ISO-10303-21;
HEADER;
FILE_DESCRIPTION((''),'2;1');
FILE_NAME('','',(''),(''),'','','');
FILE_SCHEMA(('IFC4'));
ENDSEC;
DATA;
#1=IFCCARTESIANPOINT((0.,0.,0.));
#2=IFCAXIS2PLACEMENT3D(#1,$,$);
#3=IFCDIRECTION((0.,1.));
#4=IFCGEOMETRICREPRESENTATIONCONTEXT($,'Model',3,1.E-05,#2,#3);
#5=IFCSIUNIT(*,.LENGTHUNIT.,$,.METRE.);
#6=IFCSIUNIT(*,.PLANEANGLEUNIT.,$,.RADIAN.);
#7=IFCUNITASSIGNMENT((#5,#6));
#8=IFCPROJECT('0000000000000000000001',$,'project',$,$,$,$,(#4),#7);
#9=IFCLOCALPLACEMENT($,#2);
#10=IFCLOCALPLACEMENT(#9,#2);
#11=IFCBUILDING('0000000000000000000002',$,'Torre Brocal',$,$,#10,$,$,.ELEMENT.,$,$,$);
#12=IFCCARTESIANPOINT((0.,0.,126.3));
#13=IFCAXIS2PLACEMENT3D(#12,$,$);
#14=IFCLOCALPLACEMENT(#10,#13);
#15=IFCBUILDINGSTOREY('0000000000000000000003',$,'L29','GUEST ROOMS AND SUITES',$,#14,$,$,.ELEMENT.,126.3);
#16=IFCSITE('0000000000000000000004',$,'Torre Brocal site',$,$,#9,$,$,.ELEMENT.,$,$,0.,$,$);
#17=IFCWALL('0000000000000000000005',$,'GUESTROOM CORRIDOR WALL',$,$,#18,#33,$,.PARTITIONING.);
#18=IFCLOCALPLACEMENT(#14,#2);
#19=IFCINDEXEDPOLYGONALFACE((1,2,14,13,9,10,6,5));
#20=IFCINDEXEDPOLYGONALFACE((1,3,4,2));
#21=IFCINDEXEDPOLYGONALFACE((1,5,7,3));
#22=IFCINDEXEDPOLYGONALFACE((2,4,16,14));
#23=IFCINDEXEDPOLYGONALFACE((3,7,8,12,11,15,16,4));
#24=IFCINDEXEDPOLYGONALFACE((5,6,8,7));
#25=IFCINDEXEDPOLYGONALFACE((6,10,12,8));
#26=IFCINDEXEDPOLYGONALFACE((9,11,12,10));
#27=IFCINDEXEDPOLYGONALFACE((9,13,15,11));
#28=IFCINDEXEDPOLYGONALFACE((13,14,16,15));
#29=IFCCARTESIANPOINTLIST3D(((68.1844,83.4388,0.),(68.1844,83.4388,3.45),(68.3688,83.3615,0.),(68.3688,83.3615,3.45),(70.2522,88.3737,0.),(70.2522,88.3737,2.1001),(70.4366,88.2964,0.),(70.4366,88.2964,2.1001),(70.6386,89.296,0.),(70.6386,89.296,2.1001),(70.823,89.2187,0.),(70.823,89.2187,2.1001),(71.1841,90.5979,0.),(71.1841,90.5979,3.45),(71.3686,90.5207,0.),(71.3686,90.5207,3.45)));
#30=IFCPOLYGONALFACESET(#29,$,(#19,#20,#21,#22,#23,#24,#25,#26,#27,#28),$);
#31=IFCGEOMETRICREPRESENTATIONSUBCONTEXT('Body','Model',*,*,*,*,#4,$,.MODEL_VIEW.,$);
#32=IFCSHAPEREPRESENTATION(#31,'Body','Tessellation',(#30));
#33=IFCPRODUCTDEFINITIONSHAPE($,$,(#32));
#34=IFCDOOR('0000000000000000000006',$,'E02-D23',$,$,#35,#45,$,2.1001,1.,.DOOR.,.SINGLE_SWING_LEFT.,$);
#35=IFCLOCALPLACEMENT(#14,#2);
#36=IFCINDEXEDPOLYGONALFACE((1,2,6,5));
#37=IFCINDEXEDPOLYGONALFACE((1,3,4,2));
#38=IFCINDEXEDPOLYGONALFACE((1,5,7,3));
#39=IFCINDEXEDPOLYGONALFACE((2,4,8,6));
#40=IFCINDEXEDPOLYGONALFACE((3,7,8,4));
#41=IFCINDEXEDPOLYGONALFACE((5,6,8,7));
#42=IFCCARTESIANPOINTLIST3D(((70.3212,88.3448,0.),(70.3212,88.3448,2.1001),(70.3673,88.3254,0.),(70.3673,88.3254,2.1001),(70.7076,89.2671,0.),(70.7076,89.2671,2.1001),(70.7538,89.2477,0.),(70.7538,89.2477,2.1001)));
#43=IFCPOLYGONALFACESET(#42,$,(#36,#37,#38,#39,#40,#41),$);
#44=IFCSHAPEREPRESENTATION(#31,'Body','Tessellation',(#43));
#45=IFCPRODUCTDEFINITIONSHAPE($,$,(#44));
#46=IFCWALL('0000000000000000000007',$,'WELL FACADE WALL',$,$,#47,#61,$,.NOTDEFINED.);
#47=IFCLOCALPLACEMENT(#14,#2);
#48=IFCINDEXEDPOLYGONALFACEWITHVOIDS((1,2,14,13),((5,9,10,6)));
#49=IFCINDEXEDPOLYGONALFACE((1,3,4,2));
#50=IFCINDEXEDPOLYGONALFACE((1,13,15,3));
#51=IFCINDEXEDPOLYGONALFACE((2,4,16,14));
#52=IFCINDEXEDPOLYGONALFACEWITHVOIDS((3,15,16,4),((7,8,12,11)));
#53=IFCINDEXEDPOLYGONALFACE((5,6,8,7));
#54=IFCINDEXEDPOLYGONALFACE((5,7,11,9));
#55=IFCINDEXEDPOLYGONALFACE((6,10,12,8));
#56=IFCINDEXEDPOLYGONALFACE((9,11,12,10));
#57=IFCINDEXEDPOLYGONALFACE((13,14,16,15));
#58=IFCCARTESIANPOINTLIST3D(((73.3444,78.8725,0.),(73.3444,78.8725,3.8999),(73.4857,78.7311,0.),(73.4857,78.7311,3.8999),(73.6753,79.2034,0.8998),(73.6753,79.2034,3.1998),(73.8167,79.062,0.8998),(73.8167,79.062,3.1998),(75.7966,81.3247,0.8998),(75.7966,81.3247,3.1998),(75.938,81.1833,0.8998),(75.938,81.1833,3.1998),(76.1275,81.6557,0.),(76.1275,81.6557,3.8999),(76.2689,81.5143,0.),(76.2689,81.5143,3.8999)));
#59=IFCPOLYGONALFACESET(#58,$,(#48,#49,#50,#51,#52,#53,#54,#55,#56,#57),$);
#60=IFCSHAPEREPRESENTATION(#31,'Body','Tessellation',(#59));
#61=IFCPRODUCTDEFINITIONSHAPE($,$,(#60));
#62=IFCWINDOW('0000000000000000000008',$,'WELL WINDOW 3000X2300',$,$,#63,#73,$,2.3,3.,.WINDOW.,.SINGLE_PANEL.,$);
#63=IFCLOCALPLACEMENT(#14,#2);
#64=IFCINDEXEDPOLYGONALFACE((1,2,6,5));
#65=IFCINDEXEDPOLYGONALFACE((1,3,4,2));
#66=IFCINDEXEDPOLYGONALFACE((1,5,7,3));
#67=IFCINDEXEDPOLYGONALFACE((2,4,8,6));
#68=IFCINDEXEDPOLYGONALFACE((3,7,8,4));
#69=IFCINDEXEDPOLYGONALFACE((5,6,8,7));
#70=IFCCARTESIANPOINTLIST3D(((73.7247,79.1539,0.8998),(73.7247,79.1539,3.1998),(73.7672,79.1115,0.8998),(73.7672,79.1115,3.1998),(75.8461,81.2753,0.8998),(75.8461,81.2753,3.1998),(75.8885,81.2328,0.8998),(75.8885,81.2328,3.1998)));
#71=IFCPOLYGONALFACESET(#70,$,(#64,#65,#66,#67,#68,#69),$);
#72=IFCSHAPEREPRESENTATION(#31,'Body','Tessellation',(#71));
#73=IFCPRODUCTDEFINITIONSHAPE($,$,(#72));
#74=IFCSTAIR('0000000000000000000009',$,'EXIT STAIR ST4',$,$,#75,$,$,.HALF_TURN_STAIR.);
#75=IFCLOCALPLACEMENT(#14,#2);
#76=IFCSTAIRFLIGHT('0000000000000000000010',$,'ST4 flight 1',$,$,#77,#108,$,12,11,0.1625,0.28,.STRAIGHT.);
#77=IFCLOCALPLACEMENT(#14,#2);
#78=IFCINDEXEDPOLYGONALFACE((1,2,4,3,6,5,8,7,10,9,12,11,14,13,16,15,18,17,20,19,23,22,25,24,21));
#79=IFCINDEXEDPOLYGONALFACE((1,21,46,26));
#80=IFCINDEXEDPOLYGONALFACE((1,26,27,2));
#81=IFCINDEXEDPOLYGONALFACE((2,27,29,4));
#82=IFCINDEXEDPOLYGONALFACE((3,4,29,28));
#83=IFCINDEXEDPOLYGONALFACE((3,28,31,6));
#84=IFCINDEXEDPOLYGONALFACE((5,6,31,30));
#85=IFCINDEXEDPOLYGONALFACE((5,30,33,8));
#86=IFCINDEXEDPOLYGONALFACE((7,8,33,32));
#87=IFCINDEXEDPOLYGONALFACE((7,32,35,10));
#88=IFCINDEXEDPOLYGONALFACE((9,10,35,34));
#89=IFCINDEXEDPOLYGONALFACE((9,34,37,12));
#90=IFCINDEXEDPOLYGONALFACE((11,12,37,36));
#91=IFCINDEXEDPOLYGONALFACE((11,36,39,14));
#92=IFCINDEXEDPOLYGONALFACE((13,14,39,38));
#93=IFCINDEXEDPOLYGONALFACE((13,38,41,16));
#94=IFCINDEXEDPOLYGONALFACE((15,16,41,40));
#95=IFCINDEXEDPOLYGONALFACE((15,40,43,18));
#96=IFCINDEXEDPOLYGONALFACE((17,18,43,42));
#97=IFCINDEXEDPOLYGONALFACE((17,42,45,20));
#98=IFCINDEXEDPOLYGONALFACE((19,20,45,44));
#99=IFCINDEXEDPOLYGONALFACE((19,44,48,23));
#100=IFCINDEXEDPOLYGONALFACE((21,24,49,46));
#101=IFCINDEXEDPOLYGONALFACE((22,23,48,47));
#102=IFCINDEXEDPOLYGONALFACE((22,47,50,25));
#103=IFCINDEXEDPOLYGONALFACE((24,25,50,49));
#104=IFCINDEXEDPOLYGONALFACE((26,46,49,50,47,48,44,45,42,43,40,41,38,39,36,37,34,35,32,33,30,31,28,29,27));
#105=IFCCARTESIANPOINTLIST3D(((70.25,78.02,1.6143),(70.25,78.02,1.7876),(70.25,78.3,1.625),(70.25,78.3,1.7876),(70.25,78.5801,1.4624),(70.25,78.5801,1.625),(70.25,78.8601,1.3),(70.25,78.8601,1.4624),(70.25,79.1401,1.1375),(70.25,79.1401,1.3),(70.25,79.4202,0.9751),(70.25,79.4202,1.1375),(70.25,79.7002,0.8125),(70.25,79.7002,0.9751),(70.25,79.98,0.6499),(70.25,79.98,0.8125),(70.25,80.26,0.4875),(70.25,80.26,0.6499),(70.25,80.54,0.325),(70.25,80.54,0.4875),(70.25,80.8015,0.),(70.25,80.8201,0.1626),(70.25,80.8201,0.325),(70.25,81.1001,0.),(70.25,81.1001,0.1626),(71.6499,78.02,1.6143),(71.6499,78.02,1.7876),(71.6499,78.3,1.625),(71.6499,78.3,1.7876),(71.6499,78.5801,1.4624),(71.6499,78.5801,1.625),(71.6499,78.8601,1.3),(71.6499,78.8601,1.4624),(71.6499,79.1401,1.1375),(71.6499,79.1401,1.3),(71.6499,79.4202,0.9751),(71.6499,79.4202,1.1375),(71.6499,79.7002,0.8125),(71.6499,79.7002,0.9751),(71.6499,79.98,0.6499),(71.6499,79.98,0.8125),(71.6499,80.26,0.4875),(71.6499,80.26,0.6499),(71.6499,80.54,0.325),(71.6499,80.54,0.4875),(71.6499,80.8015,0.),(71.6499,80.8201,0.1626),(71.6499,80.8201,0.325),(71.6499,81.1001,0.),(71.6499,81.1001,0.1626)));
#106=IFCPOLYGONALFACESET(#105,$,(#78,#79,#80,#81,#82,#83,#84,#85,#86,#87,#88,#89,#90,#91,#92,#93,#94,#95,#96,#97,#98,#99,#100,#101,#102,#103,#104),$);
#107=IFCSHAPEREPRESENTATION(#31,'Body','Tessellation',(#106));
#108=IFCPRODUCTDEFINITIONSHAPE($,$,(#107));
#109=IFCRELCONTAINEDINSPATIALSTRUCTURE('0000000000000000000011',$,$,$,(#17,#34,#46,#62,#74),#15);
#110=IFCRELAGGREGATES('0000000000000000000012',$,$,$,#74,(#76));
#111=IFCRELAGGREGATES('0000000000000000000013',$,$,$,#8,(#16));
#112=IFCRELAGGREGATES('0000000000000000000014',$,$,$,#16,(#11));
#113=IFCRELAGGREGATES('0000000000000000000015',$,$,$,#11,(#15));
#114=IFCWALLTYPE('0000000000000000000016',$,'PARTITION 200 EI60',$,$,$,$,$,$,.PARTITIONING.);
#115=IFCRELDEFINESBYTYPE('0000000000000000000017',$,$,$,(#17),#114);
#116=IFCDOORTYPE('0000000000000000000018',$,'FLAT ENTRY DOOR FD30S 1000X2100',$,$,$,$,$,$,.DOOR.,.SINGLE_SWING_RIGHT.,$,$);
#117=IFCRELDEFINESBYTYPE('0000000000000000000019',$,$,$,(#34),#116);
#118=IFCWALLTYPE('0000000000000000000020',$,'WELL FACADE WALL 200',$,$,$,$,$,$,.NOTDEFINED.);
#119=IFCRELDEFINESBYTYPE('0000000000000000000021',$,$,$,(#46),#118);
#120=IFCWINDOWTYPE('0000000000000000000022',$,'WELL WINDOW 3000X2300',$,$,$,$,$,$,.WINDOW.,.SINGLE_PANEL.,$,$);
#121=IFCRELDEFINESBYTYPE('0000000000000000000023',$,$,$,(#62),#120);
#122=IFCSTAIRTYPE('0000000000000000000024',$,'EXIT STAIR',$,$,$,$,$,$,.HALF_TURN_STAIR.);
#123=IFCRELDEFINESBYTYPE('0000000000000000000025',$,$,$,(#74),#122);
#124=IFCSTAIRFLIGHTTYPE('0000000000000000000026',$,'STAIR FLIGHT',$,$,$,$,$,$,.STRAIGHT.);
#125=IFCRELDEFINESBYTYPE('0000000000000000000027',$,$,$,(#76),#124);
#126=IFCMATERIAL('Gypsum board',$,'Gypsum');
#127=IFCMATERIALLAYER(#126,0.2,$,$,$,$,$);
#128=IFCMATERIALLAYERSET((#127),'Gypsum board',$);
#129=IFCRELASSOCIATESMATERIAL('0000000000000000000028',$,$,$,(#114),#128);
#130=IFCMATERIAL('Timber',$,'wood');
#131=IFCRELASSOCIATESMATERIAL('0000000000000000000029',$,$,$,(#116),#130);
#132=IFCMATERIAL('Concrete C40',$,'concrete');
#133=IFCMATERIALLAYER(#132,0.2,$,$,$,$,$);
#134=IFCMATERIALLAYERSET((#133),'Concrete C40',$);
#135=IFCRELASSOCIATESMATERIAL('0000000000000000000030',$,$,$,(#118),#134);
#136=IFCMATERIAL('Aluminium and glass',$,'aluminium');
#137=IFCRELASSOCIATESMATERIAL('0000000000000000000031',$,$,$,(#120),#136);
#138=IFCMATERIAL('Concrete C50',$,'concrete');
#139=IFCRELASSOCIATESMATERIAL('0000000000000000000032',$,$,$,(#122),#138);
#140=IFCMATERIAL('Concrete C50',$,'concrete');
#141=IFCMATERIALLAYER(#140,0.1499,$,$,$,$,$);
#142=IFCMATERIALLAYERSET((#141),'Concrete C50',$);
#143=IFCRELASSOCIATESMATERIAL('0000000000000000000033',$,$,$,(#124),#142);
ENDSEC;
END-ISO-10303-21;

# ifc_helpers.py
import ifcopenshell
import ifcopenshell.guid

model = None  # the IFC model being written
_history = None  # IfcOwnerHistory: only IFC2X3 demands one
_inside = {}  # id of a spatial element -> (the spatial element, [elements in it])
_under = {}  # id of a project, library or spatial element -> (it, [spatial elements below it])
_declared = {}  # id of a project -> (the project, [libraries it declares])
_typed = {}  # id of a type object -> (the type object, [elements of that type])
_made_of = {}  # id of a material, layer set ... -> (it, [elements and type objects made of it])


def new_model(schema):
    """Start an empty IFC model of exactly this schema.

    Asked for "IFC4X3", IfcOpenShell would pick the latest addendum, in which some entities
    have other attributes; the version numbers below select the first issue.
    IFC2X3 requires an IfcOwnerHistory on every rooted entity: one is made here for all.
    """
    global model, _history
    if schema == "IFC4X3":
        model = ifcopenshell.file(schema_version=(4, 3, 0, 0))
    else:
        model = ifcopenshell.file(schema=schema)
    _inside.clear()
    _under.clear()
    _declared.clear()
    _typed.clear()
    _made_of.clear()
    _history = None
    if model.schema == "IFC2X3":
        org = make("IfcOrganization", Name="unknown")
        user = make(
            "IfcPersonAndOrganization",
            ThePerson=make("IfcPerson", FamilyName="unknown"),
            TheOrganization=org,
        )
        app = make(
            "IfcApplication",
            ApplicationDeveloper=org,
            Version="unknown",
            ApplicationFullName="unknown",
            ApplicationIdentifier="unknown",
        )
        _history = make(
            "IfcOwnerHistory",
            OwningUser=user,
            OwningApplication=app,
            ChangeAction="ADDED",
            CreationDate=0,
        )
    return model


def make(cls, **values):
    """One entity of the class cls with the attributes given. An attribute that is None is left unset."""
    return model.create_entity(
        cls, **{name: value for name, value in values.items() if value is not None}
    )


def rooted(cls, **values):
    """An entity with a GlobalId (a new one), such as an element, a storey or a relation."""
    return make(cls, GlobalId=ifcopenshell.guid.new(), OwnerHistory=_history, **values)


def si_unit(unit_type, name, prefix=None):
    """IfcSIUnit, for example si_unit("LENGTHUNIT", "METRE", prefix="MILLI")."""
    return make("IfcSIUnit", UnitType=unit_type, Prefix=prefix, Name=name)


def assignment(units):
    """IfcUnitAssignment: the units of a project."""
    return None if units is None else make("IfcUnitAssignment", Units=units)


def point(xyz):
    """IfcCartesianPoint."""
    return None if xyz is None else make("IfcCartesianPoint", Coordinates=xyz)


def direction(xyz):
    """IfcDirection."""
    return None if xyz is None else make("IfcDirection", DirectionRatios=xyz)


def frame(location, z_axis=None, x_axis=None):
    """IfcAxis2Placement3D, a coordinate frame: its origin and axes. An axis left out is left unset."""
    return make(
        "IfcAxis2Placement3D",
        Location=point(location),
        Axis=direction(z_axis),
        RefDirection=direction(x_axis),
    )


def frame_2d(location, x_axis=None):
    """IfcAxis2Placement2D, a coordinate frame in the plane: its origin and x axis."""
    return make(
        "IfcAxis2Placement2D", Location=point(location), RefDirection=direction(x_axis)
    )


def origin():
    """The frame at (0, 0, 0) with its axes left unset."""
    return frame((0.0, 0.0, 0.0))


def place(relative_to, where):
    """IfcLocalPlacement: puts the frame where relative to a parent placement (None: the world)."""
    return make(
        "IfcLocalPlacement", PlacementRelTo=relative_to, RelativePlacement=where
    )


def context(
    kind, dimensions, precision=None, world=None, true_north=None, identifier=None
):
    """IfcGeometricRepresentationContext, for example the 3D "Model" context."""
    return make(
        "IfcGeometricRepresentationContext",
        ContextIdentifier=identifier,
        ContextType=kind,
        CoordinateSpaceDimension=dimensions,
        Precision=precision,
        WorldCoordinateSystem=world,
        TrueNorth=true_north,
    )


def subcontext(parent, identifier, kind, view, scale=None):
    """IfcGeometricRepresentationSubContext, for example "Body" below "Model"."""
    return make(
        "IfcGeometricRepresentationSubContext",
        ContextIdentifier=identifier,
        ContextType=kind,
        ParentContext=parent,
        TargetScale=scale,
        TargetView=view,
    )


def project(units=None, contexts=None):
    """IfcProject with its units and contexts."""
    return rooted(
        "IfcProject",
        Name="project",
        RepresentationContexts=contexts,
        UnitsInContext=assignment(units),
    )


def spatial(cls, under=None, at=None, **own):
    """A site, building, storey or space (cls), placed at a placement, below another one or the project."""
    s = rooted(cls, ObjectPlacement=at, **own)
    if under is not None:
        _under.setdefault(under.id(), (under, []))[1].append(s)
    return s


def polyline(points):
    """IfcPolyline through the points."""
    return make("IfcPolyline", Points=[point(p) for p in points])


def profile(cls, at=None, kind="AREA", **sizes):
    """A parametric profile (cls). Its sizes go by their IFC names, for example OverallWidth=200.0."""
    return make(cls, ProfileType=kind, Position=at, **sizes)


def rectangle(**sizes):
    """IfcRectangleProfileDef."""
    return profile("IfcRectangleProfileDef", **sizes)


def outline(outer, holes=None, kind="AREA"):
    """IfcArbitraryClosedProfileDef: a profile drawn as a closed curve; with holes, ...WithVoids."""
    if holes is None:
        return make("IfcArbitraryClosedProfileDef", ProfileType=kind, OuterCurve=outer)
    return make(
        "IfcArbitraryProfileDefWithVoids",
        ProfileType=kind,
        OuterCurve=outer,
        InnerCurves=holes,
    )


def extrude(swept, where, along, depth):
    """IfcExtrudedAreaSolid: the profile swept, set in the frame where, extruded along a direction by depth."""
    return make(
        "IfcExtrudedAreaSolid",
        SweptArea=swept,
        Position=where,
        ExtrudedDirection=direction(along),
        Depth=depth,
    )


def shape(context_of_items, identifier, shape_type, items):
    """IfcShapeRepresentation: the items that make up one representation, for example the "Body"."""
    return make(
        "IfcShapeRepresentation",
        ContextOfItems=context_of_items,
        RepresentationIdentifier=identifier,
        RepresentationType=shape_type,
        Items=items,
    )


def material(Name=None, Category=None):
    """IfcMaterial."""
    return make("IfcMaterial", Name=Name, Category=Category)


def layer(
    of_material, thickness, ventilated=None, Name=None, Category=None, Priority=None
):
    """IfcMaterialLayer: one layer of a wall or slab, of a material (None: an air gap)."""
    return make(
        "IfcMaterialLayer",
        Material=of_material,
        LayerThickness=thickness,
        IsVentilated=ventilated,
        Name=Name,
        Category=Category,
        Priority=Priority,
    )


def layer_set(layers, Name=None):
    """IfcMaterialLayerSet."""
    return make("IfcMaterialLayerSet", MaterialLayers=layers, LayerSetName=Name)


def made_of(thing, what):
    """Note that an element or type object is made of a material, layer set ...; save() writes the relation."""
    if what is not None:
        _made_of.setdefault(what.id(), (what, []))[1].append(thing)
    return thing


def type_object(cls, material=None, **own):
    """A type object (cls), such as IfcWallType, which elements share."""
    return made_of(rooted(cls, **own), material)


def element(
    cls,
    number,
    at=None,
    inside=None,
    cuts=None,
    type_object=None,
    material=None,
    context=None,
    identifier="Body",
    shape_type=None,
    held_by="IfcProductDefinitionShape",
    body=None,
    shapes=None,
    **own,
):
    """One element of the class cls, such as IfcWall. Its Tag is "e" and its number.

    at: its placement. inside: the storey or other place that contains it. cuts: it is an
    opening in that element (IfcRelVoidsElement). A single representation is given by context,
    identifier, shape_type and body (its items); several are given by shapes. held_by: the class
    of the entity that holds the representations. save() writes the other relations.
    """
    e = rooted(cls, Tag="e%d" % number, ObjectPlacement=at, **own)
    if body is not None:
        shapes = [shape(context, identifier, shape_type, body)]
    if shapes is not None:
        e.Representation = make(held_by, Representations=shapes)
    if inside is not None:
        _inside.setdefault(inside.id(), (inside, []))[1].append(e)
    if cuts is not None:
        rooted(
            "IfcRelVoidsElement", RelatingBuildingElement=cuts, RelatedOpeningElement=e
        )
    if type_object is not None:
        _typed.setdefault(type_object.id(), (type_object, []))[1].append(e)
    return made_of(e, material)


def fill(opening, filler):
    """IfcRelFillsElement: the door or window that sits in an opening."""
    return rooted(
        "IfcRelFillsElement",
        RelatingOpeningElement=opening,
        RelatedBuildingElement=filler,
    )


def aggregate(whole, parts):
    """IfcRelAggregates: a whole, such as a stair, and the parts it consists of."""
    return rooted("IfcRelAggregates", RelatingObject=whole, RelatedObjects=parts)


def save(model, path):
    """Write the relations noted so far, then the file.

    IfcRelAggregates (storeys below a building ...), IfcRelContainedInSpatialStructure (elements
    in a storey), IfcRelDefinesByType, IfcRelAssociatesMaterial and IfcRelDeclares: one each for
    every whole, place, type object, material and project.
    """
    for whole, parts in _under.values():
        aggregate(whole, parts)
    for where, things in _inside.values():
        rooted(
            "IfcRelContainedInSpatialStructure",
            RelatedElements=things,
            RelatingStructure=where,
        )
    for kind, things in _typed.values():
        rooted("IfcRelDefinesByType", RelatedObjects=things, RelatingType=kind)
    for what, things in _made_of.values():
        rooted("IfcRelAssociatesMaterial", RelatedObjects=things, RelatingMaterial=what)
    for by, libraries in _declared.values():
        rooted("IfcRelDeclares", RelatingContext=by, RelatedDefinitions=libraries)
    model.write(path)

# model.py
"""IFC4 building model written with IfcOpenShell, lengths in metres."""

from ifc_helpers import new_model, si_unit, direction, frame, frame_2d, origin, place, context, subcontext, project, spatial, polyline, rectangle, outline, extrude, material, layer, layer_set, type_object, element, fill, aggregate, save


model = new_model("IFC4")

# Units and contexts
model_context = context("Model", 3, precision=1e-05, world=origin(), true_north=direction((0.0, 1.0)))
body_context = subcontext(model_context, "Body", "Model", "MODEL_VIEW")
ifc_project = project(units=[si_unit("LENGTHUNIT", "METRE"), si_unit("PLANEANGLEUNIT", "RADIAN")], contexts=[model_context])

# Site, building, storey
site_placement = place(None, origin())
site = spatial("IfcSite", under=ifc_project, at=site_placement, Name="Torre Brocal site", CompositionType="ELEMENT", RefElevation=0.0)
building_placement = place(site_placement, origin())
building = spatial("IfcBuilding", under=site, at=building_placement, Name="Torre Brocal", CompositionType="ELEMENT")
storey_placement = place(building_placement, frame((0.0, 0.0, 126.3)))
storey = spatial("IfcBuildingStorey", under=building, at=storey_placement, Name="L29", Description="GUEST ROOMS AND SUITES", CompositionType="ELEMENT", Elevation=126.3)

# Wall, opening, door
ifc_material_1 = material(Name="Gypsum board", Category="Gypsum")
ifc_layer_1 = layer(ifc_material_1, 0.2)
ifc_layer_set_1 = layer_set([ifc_layer_1], Name="Gypsum board")
wall_type_1 = type_object("IfcWallType", Name="PARTITION 200 EI60", PredefinedType="PARTITIONING", material=ifc_layer_set_1)
ifc_material_2 = material(Name="Timber", Category="wood")
door_type_1 = type_object("IfcDoorType", Name="FLAT ENTRY DOOR FD30S 1000X2100", OperationType="SINGLE_SWING_RIGHT", PredefinedType="DOOR", material=ifc_material_2)
wall_1_placement = place(storey_placement, frame((68.2766, 83.4001, 0.0), z_axis=(0.0, 0.0, 1.0), x_axis=(0.386455, 0.922308, 0.0)))
wall_1 = element("IfcWall", 1, at=wall_1_placement, inside=storey, type_object=wall_type_1, Name="GUESTROOM CORRIDOR WALL", PredefinedType="PARTITIONING", context=body_context, shape_type="SweptSolid", body=[
    extrude(rectangle(XDim=7.7622, YDim=0.2, at=frame_2d((3.8811, 0.0))), origin(), (0.0, 0.0, 1.0), 3.45),
])
opening_1_placement = place(wall_1_placement, frame((5.3506, 0.0, 0.0)))
opening_1 = element("IfcOpeningElement", 2, at=opening_1_placement, cuts=wall_1, PredefinedType="OPENING", context=body_context, shape_type="SweptSolid", body=[
    extrude(rectangle(XDim=1.0, YDim=2.1001, at=frame_2d((0.5, 1.05))), frame((0.0, 0.1099, 0.0), z_axis=(0.0, -1.0, 0.0), x_axis=(1.0, 0.0, 0.0)), (0.0, 0.0, 1.0), 0.22),
])
door_1_placement = place(opening_1_placement, frame((1.0, 0.0, 0.0), z_axis=(0.0, 0.0, 1.0), x_axis=(-1.0, 0.0, 0.0)))
door_1 = element("IfcDoor", 3, at=door_1_placement, inside=storey, type_object=door_type_1, Name="E02-D23", OperationType="SINGLE_SWING_LEFT", OverallHeight=2.1001, OverallWidth=1.0, PredefinedType="DOOR", context=body_context, shape_type="SweptSolid", body=[
    extrude(rectangle(XDim=1.0, YDim=2.1001, at=frame_2d((0.5, 1.05))), frame((0.0, 0.0249, 0.0), z_axis=(0.0, -1.0, 0.0), x_axis=(1.0, 0.0, 0.0)), (0.0, 0.0, 1.0), 0.05),
])
fill(opening_1, door_1)

# Wall, opening, window
ifc_material_3 = material(Name="Concrete C40", Category="concrete")
ifc_layer_2 = layer(ifc_material_3, 0.2)
ifc_layer_set_2 = layer_set([ifc_layer_2], Name="Concrete C40")
wall_type_2 = type_object("IfcWallType", Name="WELL FACADE WALL 200", PredefinedType="NOTDEFINED", material=ifc_layer_set_2)
wall_2_placement = place(storey_placement, frame((76.1982, 81.585, 0.0), z_axis=(0.0, 0.0, 1.0), x_axis=(-0.707107, -0.707107, 0.0)))
wall_2 = element("IfcWall", 4, at=wall_2_placement, inside=storey, type_object=wall_type_2, Name="WELL FACADE WALL", PredefinedType="NOTDEFINED", context=body_context, shape_type="SweptSolid", body=[
    extrude(rectangle(XDim=3.936, YDim=0.2, at=frame_2d((1.968, 0.0))), origin(), (0.0, 0.0, 1.0), 3.8999),
])
opening_2_placement = place(wall_2_placement, frame((0.468, 0.0, 0.8999)))
opening_2 = element("IfcOpeningElement", 5, at=opening_2_placement, cuts=wall_2, PredefinedType="OPENING", context=body_context, shape_type="SweptSolid", body=[
    extrude(rectangle(XDim=3.0, YDim=2.3, at=frame_2d((1.5, 1.1499))), frame((0.0, 0.1099, 0.0), z_axis=(0.0, -1.0, 0.0), x_axis=(1.0, 0.0, 0.0)), (0.0, 0.0, 1.0), 0.22),
])
ifc_material_4 = material(Name="Aluminium and glass", Category="aluminium")
window_type = type_object("IfcWindowType", Name="WELL WINDOW 3000X2300", PartitioningType="SINGLE_PANEL", PredefinedType="WINDOW", material=ifc_material_4)
window_placement = place(opening_2_placement, origin())
window = element("IfcWindow", 6, at=window_placement, inside=storey, type_object=window_type, Name="WELL WINDOW 3000X2300", OverallHeight=2.3, OverallWidth=3.0, PartitioningType="SINGLE_PANEL", PredefinedType="WINDOW", context=body_context, shape_type="SweptSolid", body=[
    extrude(rectangle(XDim=3.0, YDim=2.3, at=frame_2d((1.5, 1.1499))), frame((0.0, 0.03, 0.0), z_axis=(0.0, -1.0, 0.0), x_axis=(1.0, 0.0, 0.0)), (0.0, 0.0, 1.0), 0.0601),
])
fill(opening_2, window)

# Stair, stair flight
ifc_material_5 = material(Name="Concrete C50", Category="concrete")
stair_type = type_object("IfcStairType", Name="EXIT STAIR", PredefinedType="HALF_TURN_STAIR", material=ifc_material_5)
stair_placement = place(storey_placement, origin())
stair = element("IfcStair", 7, at=stair_placement, inside=storey, type_object=stair_type, Name="EXIT STAIR ST4", PredefinedType="HALF_TURN_STAIR")
ifc_material_6 = material(Name="Concrete C50", Category="concrete")
ifc_layer_3 = layer(ifc_material_6, 0.1499)
ifc_layer_set_3 = layer_set([ifc_layer_3], Name="Concrete C50")
stair_flight_type = type_object("IfcStairFlightType", Name="STAIR FLIGHT", PredefinedType="STRAIGHT", material=ifc_layer_set_3)
stair_flight_placement = place(storey_placement, frame((70.95, 81.1001, 0.0), z_axis=(0.0, 0.0, 1.0), x_axis=(0.0, -1.0, 0.0)))
stair_flight = element("IfcStairFlight", 8, at=stair_flight_placement, type_object=stair_flight_type, Name="ST4 flight 1", NumberOfRisers=12, NumberOfTreads=11, PredefinedType="STRAIGHT", RiserHeight=0.1625, TreadLength=0.28, context=body_context, shape_type="SweptSolid", body=[
    extrude(outline(polyline([(0.0, 0.0), (0.0, 0.1626), (0.28, 0.1626), (0.28, 0.325), (0.5601, 0.325), (0.5601, 0.4875), (0.8401, 0.4875), (0.8401, 0.6499), (1.1201, 0.6499), (1.1201, 0.8125), (1.3999, 0.8125), (1.3999, 0.9751), (1.6799, 0.9751), (1.6799, 1.1375), (1.96, 1.1375), (1.96, 1.3), (2.24, 1.3), (2.24, 1.4624), (2.52, 1.4624), (2.52, 1.625), (2.8, 1.625), (2.8, 1.7876), (3.0801, 1.7876), (3.0801, 1.95), (3.0801, 1.6143), (0.2986, 0.0), (0.0, 0.0)])), frame((0.0, 0.7, 0.0), z_axis=(0.0, -1.0, 0.0), x_axis=(1.0, 0.0, 0.0)), (0.0, 0.0, 1.0), 1.3999),
])
aggregate(stair, [stair_flight])

save(model, "model.ifc")
